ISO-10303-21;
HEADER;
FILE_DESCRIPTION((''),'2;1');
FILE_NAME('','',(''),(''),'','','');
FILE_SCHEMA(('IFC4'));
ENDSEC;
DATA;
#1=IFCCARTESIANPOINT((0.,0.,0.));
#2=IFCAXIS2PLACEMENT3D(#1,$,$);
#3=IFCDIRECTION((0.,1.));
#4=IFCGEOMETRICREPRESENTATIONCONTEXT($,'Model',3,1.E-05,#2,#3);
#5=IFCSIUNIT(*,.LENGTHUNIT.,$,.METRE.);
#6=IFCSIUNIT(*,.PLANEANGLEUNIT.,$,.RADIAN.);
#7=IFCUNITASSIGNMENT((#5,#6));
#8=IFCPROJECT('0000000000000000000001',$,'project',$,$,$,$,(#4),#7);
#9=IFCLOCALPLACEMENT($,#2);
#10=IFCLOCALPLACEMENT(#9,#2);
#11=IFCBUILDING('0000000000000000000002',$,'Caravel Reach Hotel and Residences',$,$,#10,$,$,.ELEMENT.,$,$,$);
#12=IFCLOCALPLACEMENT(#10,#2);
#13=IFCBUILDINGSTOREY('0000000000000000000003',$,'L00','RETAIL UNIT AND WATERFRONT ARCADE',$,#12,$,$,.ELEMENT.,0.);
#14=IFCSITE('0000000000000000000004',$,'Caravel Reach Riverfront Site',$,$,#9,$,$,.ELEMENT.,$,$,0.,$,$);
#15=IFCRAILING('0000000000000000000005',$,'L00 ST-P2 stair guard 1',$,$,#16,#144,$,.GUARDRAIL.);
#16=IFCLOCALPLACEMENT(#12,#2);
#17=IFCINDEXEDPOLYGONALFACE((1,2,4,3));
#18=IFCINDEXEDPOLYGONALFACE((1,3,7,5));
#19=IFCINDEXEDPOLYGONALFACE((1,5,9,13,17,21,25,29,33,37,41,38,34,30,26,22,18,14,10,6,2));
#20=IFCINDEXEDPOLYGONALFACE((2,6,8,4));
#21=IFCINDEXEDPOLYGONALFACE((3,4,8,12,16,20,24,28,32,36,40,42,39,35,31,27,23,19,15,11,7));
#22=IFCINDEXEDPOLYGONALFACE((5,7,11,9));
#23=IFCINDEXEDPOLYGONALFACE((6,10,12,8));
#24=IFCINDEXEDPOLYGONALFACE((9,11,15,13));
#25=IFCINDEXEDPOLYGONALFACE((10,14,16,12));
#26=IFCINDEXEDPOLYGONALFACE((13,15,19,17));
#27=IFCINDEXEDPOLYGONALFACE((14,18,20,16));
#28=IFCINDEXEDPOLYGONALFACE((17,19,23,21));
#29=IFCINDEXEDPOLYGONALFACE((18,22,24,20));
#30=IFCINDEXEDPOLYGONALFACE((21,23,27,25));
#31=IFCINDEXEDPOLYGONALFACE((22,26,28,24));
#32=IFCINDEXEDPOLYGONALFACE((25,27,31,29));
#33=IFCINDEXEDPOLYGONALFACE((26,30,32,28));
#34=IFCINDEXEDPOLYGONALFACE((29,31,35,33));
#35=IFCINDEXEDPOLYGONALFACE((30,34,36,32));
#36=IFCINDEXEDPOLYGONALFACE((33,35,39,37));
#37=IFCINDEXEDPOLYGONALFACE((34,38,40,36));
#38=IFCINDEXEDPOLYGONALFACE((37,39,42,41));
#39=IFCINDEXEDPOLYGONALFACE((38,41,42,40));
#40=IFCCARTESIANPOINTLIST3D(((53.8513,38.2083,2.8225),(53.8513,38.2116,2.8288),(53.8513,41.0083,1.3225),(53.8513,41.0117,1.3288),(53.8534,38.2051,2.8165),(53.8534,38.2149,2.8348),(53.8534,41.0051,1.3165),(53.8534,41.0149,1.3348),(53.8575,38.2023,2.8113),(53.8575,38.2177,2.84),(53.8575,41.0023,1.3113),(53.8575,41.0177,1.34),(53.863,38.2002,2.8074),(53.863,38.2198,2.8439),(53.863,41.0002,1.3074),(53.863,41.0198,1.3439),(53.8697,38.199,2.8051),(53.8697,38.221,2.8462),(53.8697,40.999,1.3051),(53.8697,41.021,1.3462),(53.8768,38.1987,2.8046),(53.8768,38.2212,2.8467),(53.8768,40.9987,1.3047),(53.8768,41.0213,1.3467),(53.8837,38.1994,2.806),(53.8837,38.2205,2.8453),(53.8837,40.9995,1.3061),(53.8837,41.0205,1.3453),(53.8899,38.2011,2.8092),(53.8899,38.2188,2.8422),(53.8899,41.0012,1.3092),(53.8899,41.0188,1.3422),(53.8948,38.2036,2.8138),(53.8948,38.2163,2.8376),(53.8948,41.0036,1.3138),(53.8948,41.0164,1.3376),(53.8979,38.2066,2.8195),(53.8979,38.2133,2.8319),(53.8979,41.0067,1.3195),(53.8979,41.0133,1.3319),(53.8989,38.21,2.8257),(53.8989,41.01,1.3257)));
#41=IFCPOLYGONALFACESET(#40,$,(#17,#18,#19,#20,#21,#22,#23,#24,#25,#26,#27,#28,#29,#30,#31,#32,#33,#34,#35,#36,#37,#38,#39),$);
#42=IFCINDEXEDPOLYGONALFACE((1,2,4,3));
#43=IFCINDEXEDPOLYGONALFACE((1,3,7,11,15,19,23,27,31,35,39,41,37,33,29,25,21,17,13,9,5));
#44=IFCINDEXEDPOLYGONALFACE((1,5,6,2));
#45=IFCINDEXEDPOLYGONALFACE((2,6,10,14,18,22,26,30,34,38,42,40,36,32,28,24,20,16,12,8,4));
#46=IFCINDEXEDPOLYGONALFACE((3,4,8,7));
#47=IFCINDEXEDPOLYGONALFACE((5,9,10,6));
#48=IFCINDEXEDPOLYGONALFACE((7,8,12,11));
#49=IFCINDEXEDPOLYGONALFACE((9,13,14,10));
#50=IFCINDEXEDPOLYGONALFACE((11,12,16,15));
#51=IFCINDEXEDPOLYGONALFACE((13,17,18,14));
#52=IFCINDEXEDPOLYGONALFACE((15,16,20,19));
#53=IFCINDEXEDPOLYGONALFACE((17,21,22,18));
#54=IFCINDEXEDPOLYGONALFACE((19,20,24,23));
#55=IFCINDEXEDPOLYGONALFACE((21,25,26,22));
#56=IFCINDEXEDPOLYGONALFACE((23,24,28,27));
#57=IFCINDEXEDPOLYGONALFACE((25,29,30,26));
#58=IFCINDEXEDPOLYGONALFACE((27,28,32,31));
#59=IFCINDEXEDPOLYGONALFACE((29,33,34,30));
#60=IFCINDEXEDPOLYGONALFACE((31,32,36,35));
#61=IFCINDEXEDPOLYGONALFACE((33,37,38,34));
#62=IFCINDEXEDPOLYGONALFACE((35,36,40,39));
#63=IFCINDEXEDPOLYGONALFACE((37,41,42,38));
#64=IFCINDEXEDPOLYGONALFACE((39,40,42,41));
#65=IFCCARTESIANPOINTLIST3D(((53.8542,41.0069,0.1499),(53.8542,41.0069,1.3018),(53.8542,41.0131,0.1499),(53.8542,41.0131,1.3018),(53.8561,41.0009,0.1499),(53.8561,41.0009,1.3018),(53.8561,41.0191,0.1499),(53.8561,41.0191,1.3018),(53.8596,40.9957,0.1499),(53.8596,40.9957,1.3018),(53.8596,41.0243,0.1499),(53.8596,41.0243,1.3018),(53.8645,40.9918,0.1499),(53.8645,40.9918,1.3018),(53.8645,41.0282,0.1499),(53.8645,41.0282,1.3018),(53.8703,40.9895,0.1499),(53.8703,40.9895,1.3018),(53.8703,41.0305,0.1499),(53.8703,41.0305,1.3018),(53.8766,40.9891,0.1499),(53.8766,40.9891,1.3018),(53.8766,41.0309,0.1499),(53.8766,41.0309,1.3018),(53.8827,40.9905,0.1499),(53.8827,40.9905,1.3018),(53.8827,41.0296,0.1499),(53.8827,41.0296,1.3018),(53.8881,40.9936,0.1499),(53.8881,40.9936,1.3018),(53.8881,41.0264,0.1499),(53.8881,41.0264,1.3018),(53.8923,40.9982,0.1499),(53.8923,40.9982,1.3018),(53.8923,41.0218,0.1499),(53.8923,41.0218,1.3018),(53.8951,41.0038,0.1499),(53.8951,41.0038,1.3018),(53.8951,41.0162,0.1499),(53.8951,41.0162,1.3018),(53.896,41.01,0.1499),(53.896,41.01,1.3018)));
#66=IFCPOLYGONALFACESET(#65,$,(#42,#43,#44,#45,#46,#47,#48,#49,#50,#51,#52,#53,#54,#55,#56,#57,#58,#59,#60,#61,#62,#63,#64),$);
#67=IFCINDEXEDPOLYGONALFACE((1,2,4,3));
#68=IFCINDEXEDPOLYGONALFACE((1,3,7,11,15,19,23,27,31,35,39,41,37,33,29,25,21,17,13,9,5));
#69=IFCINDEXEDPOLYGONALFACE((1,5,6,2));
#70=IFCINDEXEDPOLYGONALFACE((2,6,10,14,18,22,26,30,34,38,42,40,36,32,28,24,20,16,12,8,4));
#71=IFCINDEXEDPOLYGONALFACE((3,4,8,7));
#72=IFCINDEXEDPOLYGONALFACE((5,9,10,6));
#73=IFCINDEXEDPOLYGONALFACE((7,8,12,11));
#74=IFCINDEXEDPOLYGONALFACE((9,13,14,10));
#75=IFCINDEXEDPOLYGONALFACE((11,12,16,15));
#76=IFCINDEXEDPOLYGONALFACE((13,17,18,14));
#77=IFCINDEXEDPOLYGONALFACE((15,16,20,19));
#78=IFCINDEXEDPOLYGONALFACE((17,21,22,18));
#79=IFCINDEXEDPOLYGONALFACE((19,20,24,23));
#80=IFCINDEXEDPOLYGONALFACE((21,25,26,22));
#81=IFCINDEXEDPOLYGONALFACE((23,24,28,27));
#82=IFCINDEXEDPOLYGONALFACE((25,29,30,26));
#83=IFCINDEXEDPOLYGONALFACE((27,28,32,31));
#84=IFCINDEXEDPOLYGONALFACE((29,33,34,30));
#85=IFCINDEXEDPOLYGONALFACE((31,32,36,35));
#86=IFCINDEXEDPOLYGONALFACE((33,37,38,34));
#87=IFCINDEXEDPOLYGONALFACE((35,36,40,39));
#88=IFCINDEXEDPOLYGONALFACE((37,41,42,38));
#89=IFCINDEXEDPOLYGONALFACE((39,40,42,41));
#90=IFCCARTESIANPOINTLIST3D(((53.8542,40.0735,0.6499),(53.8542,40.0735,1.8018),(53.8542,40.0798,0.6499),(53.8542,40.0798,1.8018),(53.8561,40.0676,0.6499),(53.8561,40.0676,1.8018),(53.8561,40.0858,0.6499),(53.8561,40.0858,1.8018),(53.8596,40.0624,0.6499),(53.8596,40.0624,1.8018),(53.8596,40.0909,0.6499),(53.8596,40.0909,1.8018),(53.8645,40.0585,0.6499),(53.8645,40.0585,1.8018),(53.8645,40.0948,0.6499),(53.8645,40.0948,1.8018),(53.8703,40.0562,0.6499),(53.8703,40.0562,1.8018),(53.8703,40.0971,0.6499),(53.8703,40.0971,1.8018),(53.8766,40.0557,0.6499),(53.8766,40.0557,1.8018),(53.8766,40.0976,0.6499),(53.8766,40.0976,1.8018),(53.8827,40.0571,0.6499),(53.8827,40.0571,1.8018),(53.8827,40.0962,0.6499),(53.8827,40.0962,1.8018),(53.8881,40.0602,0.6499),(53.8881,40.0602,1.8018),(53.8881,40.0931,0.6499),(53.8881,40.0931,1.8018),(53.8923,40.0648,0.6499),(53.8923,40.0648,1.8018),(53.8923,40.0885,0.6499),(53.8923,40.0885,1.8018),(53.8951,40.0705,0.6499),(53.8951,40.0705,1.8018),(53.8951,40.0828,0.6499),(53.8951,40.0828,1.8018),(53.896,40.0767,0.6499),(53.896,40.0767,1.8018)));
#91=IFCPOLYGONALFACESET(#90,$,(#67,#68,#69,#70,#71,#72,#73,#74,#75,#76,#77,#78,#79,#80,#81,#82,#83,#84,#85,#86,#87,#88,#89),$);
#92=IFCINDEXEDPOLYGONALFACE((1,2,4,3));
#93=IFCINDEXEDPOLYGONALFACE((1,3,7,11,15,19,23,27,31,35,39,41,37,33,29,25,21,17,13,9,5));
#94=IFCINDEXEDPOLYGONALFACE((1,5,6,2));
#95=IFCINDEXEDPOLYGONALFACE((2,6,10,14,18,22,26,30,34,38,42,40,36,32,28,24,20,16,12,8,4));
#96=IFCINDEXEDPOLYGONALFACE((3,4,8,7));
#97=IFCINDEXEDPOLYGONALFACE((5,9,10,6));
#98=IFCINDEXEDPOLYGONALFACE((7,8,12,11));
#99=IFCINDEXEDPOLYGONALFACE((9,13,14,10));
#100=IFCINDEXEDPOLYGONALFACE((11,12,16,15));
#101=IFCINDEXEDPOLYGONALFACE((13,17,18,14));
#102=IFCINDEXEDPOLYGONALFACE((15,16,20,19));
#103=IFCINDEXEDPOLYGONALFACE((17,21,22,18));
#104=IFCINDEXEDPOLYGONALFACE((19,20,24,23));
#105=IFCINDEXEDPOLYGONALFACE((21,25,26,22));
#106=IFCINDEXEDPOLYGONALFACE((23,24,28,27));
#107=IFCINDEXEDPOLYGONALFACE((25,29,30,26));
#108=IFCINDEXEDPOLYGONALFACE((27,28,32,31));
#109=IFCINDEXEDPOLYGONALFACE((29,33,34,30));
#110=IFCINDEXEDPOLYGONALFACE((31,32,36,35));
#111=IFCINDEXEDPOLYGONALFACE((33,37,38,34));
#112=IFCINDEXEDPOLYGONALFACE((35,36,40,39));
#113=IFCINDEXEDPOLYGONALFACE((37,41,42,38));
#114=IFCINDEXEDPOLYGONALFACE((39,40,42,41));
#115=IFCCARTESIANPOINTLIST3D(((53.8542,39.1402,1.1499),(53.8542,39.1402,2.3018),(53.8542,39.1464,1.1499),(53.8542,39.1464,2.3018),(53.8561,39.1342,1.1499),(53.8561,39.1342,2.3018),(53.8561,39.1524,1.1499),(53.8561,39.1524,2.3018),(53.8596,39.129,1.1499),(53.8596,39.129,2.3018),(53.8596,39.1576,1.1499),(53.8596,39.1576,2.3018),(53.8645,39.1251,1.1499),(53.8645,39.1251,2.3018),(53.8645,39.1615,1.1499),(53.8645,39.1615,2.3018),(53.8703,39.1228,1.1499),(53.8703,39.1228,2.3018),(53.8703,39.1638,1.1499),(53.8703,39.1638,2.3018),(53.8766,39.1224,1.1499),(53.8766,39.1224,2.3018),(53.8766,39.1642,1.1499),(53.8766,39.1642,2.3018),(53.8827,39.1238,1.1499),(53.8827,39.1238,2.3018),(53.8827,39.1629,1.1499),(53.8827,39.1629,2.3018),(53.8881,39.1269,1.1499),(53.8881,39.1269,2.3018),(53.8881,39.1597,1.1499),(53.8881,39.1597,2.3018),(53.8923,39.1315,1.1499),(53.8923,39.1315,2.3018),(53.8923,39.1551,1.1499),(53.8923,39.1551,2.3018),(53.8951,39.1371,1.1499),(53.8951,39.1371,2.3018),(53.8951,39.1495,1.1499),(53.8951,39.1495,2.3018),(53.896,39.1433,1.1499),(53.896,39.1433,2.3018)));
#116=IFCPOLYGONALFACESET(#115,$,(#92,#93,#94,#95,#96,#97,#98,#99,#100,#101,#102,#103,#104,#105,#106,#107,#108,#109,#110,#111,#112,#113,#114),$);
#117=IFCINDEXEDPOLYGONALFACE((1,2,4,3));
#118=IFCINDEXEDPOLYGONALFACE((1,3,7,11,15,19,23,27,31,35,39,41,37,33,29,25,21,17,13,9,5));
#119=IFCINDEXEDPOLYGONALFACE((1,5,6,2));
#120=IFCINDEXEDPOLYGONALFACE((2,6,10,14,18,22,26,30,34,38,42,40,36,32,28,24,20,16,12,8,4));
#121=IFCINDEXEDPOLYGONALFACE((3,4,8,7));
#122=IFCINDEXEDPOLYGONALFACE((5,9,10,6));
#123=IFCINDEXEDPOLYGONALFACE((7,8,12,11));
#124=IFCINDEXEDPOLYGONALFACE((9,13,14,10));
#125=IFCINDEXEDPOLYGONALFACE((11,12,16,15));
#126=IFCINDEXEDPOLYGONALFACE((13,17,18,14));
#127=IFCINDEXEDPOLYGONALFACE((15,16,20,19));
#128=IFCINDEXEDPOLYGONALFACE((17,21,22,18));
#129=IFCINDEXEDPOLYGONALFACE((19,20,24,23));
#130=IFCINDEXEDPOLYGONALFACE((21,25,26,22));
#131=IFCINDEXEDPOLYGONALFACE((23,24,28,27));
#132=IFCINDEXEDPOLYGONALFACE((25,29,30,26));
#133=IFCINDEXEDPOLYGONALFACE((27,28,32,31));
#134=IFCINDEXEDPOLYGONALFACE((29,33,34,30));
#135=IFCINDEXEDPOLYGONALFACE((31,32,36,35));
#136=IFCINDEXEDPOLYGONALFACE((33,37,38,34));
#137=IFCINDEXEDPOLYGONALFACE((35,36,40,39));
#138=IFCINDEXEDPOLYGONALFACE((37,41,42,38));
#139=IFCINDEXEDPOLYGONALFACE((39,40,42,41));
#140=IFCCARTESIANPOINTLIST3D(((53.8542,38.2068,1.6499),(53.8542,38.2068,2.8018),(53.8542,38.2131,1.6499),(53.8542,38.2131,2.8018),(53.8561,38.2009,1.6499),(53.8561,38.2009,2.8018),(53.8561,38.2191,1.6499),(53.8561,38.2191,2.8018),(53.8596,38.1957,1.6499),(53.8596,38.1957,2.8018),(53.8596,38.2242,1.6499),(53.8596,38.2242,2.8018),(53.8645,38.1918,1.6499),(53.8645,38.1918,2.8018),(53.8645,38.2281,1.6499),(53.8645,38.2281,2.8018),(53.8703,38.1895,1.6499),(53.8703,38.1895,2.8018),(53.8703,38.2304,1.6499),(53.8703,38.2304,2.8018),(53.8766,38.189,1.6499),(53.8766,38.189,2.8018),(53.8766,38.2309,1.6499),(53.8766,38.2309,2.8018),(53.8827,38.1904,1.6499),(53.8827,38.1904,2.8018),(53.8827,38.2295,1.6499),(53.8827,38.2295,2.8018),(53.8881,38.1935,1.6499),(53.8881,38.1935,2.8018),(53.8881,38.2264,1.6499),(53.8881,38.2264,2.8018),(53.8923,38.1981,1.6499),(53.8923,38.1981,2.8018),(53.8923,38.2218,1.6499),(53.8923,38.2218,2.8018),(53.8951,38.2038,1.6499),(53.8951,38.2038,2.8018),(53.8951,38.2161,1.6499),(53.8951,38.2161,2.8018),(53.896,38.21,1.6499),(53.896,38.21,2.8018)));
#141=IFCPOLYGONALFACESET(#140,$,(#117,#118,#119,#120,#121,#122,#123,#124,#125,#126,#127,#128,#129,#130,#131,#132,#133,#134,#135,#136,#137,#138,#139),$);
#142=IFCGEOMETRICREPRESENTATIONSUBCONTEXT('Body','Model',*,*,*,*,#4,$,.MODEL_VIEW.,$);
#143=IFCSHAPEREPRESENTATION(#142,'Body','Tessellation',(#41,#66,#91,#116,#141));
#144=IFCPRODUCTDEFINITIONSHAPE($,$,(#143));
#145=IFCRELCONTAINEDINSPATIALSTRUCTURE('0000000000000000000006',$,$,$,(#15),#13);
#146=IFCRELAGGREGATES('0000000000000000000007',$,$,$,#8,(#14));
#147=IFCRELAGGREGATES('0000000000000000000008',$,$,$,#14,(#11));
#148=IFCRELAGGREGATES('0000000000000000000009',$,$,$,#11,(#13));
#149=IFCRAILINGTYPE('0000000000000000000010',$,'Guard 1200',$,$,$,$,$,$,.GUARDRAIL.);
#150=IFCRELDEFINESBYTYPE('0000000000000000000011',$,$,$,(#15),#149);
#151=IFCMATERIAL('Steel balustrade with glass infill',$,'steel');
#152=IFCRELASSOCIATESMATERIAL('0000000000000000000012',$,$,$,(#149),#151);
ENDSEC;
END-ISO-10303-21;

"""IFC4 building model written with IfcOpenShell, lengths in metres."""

from ifc_helpers import new_model, si_unit, direction, frame, origin, origin_2d, place, context, subcontext, project, spatial, circle, extrude, material, type_object, element, save


model = new_model("IFC4")

# Units and contexts
model_context = context("Model", 3, precision=1e-05, world=origin(), true_north=direction((0.0, 1.0)))
body_context = subcontext(model_context, "Body", "Model", "MODEL_VIEW")
ifc_project = project(units=[si_unit("LENGTHUNIT", "METRE"), si_unit("PLANEANGLEUNIT", "RADIAN")], contexts=[model_context])

# Site, building, storey
site_placement = place(None, origin())
site = spatial("IfcSite", under=ifc_project, at=site_placement, Name="Caravel Reach Riverfront Site", CompositionType="ELEMENT", RefElevation=0.0)
building_placement = place(site_placement, origin())
building = spatial("IfcBuilding", under=site, at=building_placement, Name="Caravel Reach Hotel and Residences", CompositionType="ELEMENT")
storey_placement = place(building_placement, origin())
storey = spatial("IfcBuildingStorey", under=building, at=storey_placement, Name="L00", Description="RETAIL UNIT AND WATERFRONT ARCADE", CompositionType="ELEMENT", Elevation=0.0)

# Railing
ifc_material_1 = material(Name="Steel balustrade with glass infill", Category="steel")
railing_type_1 = type_object("IfcRailingType", Name="Guard 1200", PredefinedType="GUARDRAIL", material=ifc_material_1)
railing_1_placement = place(storey_placement, frame((53.875, 41.01, 0.1499)))
element("IfcRailing", 1, at=railing_1_placement, inside=storey, type_object=railing_type_1, Name="L00 ST-P2 stair guard 1", PredefinedType="GUARDRAIL", context=body_context, shape_type="SweptSolid", body=[
    extrude(circle(Radius=0.0239, at=origin_2d()), frame((0.0, 0.0, 1.1758), z_axis=(0.0, -0.881483, 0.472215), x_axis=(1.0, 0.0, 0.0)), (0.0, 0.0, 1.0), 3.1765),
    extrude(circle(Radius=0.021, at=origin_2d()), origin(), (0.0, 0.0, 1.0), 1.1519),
    extrude(circle(Radius=0.021, at=origin_2d()), frame((0.0, -0.9333, 0.5)), (0.0, 0.0, 1.0), 1.1519),
    extrude(circle(Radius=0.021, at=origin_2d()), frame((0.0, -1.8667, 1.0)), (0.0, 0.0, 1.0), 1.1519),
    extrude(circle(Radius=0.021, at=origin_2d()), frame((0.0, -2.8, 1.5)), (0.0, 0.0, 1.0), 1.1519),
])

save(model, "model.ifc")
